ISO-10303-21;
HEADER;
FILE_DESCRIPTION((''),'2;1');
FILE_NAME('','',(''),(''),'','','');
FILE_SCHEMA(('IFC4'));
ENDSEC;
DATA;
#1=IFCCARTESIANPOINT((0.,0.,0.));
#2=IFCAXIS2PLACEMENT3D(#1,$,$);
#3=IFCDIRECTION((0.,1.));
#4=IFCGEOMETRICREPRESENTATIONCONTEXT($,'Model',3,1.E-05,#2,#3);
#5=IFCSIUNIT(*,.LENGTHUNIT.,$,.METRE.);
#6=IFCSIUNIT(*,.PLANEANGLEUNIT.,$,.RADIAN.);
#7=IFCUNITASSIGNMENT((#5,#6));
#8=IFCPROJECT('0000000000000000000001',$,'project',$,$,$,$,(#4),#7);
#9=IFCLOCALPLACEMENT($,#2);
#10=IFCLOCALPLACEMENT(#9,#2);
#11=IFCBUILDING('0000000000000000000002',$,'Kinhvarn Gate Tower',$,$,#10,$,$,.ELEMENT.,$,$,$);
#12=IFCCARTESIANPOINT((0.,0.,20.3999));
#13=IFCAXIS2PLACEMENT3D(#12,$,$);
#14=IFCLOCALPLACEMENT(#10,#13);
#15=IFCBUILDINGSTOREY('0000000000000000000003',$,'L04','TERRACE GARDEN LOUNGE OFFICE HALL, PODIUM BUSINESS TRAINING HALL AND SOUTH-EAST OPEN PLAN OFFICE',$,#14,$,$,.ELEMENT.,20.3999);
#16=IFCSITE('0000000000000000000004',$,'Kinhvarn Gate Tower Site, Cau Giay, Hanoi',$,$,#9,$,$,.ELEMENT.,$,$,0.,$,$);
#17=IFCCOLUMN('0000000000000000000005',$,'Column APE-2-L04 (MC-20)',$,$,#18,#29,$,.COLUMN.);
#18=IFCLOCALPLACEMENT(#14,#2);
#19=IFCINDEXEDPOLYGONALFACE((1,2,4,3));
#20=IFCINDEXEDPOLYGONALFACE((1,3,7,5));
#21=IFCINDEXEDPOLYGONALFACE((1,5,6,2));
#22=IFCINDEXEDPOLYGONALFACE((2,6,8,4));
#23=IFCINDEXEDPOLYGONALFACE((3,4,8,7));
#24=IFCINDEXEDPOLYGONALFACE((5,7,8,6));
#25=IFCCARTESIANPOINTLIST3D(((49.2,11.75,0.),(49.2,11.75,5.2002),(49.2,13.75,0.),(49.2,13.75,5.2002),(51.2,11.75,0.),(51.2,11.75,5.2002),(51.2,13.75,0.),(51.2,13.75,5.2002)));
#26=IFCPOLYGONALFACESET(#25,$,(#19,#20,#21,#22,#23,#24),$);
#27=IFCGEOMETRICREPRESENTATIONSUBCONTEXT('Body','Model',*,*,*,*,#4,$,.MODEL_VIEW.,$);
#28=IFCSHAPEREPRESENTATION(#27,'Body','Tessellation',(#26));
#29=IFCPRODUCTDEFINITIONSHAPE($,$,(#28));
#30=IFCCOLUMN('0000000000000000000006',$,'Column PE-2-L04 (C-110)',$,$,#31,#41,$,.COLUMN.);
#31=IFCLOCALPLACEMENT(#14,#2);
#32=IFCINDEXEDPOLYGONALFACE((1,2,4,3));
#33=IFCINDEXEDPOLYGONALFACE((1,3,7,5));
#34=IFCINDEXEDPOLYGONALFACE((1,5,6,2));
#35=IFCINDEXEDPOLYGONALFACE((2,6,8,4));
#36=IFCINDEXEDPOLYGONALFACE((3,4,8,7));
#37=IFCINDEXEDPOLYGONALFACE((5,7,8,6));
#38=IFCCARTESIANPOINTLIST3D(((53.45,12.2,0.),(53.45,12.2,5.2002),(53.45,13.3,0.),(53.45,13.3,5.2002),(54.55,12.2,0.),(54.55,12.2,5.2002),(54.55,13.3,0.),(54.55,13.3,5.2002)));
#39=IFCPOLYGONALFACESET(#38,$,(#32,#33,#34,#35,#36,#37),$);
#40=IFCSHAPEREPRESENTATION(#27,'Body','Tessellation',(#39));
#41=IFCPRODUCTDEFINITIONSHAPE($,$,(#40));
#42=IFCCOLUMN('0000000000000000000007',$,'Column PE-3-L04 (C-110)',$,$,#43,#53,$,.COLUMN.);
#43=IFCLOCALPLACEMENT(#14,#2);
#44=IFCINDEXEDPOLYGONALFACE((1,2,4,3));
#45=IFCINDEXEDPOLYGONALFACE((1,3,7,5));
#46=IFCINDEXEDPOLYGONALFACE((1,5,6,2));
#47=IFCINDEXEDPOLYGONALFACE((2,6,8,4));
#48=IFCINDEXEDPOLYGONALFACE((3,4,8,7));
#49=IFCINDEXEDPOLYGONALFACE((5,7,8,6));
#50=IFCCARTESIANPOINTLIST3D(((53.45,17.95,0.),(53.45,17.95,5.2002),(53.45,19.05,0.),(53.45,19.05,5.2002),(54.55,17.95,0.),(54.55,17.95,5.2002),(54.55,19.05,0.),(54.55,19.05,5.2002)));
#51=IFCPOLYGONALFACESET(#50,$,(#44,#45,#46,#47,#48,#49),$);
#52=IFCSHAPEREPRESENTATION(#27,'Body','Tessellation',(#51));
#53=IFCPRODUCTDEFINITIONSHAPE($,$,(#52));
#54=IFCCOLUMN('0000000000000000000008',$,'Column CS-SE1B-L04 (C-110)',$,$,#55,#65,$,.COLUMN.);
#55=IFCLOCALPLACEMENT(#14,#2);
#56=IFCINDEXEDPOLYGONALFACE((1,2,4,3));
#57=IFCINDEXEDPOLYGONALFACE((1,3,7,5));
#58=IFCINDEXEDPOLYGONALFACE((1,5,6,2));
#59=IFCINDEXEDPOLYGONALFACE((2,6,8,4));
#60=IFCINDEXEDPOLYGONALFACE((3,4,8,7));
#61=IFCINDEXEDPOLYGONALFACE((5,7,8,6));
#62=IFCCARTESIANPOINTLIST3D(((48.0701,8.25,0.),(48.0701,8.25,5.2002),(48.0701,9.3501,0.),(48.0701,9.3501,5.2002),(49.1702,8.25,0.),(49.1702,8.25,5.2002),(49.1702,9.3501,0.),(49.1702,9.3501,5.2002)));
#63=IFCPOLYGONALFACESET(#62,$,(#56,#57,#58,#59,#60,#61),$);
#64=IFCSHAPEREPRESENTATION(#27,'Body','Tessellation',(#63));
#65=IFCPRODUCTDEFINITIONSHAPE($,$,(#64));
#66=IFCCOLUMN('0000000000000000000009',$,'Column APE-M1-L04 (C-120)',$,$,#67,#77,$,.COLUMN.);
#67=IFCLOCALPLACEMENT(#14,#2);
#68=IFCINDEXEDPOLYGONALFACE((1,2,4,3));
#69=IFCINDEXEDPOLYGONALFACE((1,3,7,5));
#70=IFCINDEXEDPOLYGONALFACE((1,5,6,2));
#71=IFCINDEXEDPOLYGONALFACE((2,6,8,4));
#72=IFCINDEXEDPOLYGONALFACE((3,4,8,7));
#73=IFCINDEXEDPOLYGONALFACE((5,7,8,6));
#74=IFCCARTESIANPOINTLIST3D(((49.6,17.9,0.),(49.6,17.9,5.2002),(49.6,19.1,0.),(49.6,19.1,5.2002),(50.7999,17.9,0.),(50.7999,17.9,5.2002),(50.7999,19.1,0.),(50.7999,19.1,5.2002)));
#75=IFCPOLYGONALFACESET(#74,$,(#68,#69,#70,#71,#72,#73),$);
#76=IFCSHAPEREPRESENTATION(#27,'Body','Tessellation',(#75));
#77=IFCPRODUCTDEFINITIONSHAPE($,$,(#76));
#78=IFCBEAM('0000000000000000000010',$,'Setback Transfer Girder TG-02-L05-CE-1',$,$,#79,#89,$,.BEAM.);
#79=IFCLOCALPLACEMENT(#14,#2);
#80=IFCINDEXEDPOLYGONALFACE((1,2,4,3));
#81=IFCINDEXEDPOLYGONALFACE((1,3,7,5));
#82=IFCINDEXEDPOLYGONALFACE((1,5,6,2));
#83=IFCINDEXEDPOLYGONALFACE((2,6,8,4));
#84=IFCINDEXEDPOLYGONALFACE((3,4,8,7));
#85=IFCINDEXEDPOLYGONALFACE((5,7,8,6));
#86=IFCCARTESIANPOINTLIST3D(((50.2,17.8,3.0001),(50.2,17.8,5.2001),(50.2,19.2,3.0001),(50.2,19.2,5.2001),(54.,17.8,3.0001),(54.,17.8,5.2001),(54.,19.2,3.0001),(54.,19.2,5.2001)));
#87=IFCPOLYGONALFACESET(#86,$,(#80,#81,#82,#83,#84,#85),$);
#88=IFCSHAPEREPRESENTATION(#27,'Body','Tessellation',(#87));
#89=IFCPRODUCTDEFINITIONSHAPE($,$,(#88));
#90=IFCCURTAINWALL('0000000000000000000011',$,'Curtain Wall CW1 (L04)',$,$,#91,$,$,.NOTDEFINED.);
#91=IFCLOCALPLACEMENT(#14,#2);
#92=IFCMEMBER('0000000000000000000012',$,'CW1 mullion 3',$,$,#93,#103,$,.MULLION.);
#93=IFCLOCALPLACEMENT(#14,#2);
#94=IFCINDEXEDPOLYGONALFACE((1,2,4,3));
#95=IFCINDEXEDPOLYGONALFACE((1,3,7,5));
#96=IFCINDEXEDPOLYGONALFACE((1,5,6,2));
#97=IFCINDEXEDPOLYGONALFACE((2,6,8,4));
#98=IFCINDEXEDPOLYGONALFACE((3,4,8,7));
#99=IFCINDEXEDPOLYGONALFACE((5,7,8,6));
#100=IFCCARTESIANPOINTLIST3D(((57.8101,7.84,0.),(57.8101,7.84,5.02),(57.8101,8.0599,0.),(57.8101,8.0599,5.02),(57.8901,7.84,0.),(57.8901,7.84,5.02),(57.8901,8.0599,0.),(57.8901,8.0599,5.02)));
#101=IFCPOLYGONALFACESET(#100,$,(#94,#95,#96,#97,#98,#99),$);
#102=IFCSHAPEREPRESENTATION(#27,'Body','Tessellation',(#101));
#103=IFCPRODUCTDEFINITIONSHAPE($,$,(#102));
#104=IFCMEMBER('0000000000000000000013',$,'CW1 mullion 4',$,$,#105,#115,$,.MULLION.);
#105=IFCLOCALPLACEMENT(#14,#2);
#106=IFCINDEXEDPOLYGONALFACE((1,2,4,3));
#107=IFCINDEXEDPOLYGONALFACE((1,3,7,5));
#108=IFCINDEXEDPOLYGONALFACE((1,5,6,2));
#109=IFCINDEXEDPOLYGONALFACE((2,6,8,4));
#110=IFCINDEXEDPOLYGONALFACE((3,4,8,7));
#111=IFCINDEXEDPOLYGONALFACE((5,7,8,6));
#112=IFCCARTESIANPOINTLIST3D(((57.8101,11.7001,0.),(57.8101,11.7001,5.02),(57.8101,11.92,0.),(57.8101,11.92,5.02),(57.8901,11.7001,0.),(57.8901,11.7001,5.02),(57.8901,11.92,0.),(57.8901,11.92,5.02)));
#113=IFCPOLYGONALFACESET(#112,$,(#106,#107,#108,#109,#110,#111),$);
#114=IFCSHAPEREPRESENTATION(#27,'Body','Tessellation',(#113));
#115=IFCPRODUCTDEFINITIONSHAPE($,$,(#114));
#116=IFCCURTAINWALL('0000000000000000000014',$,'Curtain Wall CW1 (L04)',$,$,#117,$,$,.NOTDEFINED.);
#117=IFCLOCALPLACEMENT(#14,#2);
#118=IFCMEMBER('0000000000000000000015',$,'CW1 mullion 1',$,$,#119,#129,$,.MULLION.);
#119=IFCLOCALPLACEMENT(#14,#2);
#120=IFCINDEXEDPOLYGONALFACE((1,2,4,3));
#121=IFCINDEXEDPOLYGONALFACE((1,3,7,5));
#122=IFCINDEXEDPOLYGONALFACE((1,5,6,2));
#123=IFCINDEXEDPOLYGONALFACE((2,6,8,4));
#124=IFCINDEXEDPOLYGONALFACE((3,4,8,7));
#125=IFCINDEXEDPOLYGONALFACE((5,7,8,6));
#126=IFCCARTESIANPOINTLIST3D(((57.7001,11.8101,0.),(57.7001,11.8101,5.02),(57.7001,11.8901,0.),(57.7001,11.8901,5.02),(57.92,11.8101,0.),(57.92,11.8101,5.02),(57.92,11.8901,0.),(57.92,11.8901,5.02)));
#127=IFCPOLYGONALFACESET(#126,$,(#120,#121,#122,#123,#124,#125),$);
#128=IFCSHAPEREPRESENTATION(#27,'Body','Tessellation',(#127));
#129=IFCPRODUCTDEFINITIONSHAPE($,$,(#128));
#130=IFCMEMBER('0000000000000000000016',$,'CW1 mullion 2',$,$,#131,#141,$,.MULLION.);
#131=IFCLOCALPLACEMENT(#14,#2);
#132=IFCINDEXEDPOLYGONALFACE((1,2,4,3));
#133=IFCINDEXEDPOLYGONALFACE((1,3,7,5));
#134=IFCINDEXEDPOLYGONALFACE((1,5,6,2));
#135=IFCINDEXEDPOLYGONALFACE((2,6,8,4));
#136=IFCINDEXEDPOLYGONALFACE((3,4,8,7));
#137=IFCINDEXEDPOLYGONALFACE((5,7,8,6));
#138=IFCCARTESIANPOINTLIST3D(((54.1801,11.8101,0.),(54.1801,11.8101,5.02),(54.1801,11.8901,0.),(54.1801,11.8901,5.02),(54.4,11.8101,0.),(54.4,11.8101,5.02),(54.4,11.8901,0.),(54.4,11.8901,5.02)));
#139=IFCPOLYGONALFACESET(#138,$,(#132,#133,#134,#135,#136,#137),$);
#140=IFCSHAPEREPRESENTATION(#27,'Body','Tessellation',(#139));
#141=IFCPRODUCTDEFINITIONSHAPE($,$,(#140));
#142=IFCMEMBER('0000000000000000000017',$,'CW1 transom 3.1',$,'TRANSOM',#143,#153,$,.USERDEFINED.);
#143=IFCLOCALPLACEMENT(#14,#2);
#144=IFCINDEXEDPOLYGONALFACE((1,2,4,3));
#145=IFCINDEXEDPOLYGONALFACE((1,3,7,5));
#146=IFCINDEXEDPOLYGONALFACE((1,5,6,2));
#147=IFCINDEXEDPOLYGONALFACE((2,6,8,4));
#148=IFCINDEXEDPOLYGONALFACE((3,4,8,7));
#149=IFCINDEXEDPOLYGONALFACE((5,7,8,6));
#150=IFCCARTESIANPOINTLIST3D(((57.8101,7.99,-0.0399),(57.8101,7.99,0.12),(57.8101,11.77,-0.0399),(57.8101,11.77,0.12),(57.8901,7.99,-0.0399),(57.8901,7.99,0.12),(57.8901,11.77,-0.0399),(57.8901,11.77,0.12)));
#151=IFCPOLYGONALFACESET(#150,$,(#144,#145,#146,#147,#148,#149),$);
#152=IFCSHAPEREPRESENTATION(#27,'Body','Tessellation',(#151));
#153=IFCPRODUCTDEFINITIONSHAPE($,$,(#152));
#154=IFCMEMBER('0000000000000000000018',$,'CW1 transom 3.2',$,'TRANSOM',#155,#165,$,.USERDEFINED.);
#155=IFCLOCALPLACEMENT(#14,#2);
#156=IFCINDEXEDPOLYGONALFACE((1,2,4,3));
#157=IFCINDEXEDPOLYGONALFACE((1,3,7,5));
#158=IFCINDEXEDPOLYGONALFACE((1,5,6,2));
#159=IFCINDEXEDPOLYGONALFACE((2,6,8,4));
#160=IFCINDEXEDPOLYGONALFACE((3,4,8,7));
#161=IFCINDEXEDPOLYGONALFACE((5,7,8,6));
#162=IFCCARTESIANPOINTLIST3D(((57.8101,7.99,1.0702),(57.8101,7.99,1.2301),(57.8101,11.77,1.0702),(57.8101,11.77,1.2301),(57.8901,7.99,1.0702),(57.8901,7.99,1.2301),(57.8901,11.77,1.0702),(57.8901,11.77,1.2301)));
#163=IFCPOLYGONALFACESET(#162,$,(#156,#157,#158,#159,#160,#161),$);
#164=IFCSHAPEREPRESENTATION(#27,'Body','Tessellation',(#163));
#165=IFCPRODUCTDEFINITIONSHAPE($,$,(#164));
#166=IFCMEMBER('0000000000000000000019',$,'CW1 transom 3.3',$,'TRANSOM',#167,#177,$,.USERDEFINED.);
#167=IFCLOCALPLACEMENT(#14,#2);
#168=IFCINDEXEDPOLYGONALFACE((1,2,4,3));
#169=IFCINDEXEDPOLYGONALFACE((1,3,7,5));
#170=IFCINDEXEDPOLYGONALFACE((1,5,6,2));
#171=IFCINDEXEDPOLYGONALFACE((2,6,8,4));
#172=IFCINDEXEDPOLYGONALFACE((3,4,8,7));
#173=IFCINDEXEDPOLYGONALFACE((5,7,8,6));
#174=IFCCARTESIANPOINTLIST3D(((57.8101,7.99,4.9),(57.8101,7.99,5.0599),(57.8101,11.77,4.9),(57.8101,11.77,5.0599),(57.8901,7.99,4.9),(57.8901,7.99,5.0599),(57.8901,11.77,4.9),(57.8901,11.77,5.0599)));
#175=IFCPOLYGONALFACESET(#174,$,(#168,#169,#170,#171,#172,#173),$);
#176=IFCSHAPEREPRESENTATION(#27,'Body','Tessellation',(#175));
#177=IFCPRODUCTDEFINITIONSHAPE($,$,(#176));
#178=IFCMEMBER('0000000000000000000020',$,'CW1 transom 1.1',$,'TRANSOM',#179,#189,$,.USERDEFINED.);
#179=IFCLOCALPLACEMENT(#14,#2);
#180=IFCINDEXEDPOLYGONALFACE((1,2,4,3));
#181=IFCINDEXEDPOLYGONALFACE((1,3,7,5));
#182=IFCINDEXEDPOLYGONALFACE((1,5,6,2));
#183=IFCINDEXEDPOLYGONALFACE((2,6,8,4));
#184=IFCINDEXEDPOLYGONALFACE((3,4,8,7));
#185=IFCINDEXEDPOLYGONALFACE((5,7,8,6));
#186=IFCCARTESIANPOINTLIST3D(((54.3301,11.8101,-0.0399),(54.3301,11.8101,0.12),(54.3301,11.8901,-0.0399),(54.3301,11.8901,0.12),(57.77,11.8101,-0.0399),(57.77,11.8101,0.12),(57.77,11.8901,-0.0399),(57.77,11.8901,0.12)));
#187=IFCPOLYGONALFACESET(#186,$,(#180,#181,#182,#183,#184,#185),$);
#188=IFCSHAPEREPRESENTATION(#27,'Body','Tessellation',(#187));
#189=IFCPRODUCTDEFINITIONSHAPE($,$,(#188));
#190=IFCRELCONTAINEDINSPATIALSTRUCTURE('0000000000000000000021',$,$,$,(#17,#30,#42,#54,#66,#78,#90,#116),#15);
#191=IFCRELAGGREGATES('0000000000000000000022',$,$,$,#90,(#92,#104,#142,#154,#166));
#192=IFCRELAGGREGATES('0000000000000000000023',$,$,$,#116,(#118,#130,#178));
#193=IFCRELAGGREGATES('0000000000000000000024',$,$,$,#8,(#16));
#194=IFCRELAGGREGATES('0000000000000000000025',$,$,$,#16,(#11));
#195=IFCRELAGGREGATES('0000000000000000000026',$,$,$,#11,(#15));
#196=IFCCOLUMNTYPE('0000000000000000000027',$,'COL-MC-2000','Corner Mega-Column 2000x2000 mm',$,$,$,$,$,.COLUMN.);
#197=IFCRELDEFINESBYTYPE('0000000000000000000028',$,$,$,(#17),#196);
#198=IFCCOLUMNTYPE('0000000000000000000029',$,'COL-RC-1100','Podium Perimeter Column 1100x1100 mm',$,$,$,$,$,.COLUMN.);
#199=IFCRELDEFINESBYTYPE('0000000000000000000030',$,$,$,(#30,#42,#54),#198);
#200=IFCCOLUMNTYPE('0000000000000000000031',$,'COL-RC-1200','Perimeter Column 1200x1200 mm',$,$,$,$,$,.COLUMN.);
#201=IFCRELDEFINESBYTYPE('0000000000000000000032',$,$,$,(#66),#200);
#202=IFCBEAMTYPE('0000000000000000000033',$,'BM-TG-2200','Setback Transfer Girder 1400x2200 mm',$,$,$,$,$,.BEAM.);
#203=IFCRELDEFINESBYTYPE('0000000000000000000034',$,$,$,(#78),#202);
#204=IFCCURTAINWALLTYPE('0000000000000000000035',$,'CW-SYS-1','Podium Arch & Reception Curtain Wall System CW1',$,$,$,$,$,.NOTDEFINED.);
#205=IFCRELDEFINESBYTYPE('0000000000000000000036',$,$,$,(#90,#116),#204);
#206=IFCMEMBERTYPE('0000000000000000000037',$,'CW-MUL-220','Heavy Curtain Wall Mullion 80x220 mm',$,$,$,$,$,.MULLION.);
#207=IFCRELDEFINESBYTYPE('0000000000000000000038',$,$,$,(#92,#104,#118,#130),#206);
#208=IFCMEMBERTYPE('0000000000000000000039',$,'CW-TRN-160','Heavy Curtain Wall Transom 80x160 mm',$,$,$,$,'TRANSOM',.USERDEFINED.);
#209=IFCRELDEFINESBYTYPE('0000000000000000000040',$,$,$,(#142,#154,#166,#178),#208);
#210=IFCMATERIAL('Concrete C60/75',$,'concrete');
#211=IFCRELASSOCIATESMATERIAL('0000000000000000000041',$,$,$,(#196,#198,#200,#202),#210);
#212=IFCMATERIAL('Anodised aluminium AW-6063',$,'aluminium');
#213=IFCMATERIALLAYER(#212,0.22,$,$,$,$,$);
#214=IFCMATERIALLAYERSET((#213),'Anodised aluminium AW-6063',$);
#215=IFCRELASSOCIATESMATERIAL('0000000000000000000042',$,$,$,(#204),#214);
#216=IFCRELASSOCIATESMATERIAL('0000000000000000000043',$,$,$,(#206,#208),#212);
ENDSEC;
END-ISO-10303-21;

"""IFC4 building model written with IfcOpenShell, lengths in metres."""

from ifc_helpers import new_model, si_unit, direction, frame, origin, origin_2d, place, context, subcontext, project, spatial, rectangle, extrude, material, layer, layer_set, material_profile, profile_set, type_object, element, aggregate, save


model = new_model("IFC4")

# Units and contexts
model_context = context("Model", 3, precision=1e-05, world=origin(), true_north=direction((0.0, 1.0)))
body_context = subcontext(model_context, "Body", "Model", "MODEL_VIEW")
ifc_project = project(units=[si_unit("LENGTHUNIT", "METRE"), si_unit("PLANEANGLEUNIT", "RADIAN")], contexts=[model_context])

# Site, building, storey
site_placement = place(None, origin())
site = spatial("IfcSite", under=ifc_project, at=site_placement, Name="Kinhvarn Gate Tower Site, Cau Giay, Hanoi", CompositionType="ELEMENT", RefElevation=0.0)
building_placement = place(site_placement, origin())
building = spatial("IfcBuilding", under=site, at=building_placement, Name="Kinhvarn Gate Tower", CompositionType="ELEMENT")
storey_placement = place(building_placement, frame((0.0, 0.0, 20.3999)))
storey = spatial("IfcBuildingStorey", under=building, at=storey_placement, Name="L04", Description="TERRACE GARDEN LOUNGE OFFICE HALL, PODIUM BUSINESS TRAINING HALL AND SOUTH-EAST OPEN PLAN OFFICE", CompositionType="ELEMENT", Elevation=20.3999)

# Columns
ifc_material_1 = material(Name="Concrete C60/75", Category="concrete")
ifc_material_profile_1 = material_profile(ifc_material_1, rectangle(XDim=2.0, YDim=2.0, at=origin_2d()), Name="RC 2000x2000")
ifc_profile_set_1 = profile_set([ifc_material_profile_1], Name="Concrete C60/75")
column_type_1 = type_object("IfcColumnType", Name="COL-MC-2000", Description="Corner Mega-Column 2000x2000 mm", PredefinedType="COLUMN", material=ifc_profile_set_1)
column_1_placement = place(storey_placement, frame((50.2, 12.75, 0.0), z_axis=(0.0, 0.0, 1.0), x_axis=(1.0, 0.0, 0.0)))
element("IfcColumn", 1, at=column_1_placement, inside=storey, type_object=column_type_1, Name="Column APE-2-L04 (MC-20)", PredefinedType="COLUMN", context=body_context, shape_type="SweptSolid", body=[
    extrude(rectangle(XDim=2.0, YDim=2.0, at=origin_2d()), origin(), (0.0, 0.0, 1.0), 5.2002),
])
ifc_material_profile_2 = material_profile(ifc_material_1, rectangle(XDim=1.1001, YDim=1.1001, at=origin_2d()), Name="RC 1100x1100")
ifc_profile_set_2 = profile_set([ifc_material_profile_2], Name="Concrete C60/75")
column_type_2 = type_object("IfcColumnType", Name="COL-RC-1100", Description="Podium Perimeter Column 1100x1100 mm", PredefinedType="COLUMN", material=ifc_profile_set_2)
for number, where, z_axis, x_axis, name in (
    (2, (54.0, 12.75, 0.0), (0.0, 0.0, 1.0), (1.0, 0.0, 0.0), "Column PE-2-L04 (C-110)"),
    (3, (54.0, 18.5, 0.0), (0.0, 0.0, 1.0), (1.0, 0.0, 0.0), "Column PE-3-L04 (C-110)"),
    (4, (48.6201, 8.8, 0.0), (0.0, 0.0, 1.0), (1.0, 0.0, 0.0), "Column CS-SE1B-L04 (C-110)"),
):
    element("IfcColumn", number, at=place(storey_placement, frame(where, z_axis=z_axis, x_axis=x_axis)), inside=storey, type_object=column_type_2, Name=name, PredefinedType="COLUMN", context=body_context, shape_type="SweptSolid", body=[
        extrude(rectangle(XDim=1.1001, YDim=1.1001, at=origin_2d()), origin(), (0.0, 0.0, 1.0), 5.2002),
    ])
ifc_material_profile_3 = material_profile(ifc_material_1, rectangle(XDim=1.2, YDim=1.2, at=origin_2d()), Name="RC 1200x1200")
ifc_profile_set_3 = profile_set([ifc_material_profile_3], Name="Concrete C60/75")
column_type_3 = type_object("IfcColumnType", Name="COL-RC-1200", Description="Perimeter Column 1200x1200 mm", PredefinedType="COLUMN", material=ifc_profile_set_3)
column_2_placement = place(storey_placement, frame((50.2, 18.5, 0.0), z_axis=(0.0, 0.0, 1.0), x_axis=(1.0, 0.0, 0.0)))
element("IfcColumn", 5, at=column_2_placement, inside=storey, type_object=column_type_3, Name="Column APE-M1-L04 (C-120)", PredefinedType="COLUMN", context=body_context, shape_type="SweptSolid", body=[
    extrude(rectangle(XDim=1.2, YDim=1.2, at=origin_2d()), origin(), (0.0, 0.0, 1.0), 5.2002),
])

# Beam
ifc_material_profile_4 = material_profile(ifc_material_1, rectangle(XDim=1.3999, YDim=2.2, at=origin_2d()), Name="RC 1400x2200")
ifc_profile_set_4 = profile_set([ifc_material_profile_4], Name="Concrete C60/75")
beam_type_1 = type_object("IfcBeamType", Name="BM-TG-2200", Description="Setback Transfer Girder 1400x2200 mm", PredefinedType="BEAM", material=ifc_profile_set_4)
beam_1_placement = place(storey_placement, frame((50.2, 18.5, 4.1001), z_axis=(1.0, 0.0, 0.0), x_axis=(0.0, 1.0, 0.0)))
element("IfcBeam", 6, at=beam_1_placement, inside=storey, type_object=beam_type_1, Name="Setback Transfer Girder TG-02-L05-CE-1", PredefinedType="BEAM", context=body_context, shape_type="SweptSolid", body=[
    extrude(rectangle(XDim=1.3999, YDim=2.2, at=origin_2d()), origin(), (0.0, 0.0, 1.0), 3.8),
])

# Curtain walls, members
ifc_material_2 = material(Name="Anodised aluminium AW-6063", Category="aluminium")
ifc_layer_1 = layer(ifc_material_2, 0.22)
ifc_layer_set_1 = layer_set([ifc_layer_1], Name="Anodised aluminium AW-6063")
curtain_wall_type = type_object("IfcCurtainWallType", Name="CW-SYS-1", Description="Podium Arch & Reception Curtain Wall System CW1", PredefinedType="NOTDEFINED", material=ifc_layer_set_1)
curtain_wall_1_placement = place(storey_placement, origin())
curtain_wall_1 = element("IfcCurtainWall", 7, at=curtain_wall_1_placement, inside=storey, type_object=curtain_wall_type, Name="Curtain Wall CW1 (L04)", PredefinedType="NOTDEFINED")
ifc_material_profile_5 = material_profile(ifc_material_2, rectangle(XDim=0.0801, YDim=0.22, at=origin_2d()), Name="ALU 80x220")
ifc_profile_set_5 = profile_set([ifc_material_profile_5], Name="Anodised aluminium AW-6063")
member_type_1 = type_object("IfcMemberType", Name="CW-MUL-220", Description="Heavy Curtain Wall Mullion 80x220 mm", PredefinedType="MULLION", material=ifc_profile_set_5)
member_1_placement = place(storey_placement, frame((57.8501, 7.95, 0.0), z_axis=(0.0, 0.0, 1.0), x_axis=(-1.0, 0.0, 0.0)))
member_1 = element("IfcMember", 8, at=member_1_placement, type_object=member_type_1, Name="CW1 mullion 3", PredefinedType="MULLION", context=body_context, shape_type="SweptSolid", body=[
    extrude(rectangle(XDim=0.0801, YDim=0.22, at=origin_2d()), origin(), (0.0, 0.0, 1.0), 5.02),
])
member_2_placement = place(storey_placement, frame((57.8501, 11.8101, 0.0), z_axis=(0.0, 0.0, 1.0), x_axis=(-1.0, 0.0, 0.0)))
member_2 = element("IfcMember", 9, at=member_2_placement, type_object=member_type_1, Name="CW1 mullion 4", PredefinedType="MULLION", context=body_context, shape_type="SweptSolid", body=[
    extrude(rectangle(XDim=0.0801, YDim=0.22, at=origin_2d()), origin(), (0.0, 0.0, 1.0), 5.02),
])
curtain_wall_2_placement = place(storey_placement, origin())
curtain_wall_2 = element("IfcCurtainWall", 10, at=curtain_wall_2_placement, inside=storey, type_object=curtain_wall_type, Name="Curtain Wall CW1 (L04)", PredefinedType="NOTDEFINED")
member_3_placement = place(storey_placement, frame((57.8101, 11.8501, 0.0), z_axis=(0.0, 0.0, 1.0), x_axis=(0.0, -1.0, 0.0)))
member_3 = element("IfcMember", 11, at=member_3_placement, type_object=member_type_1, Name="CW1 mullion 1", PredefinedType="MULLION", context=body_context, shape_type="SweptSolid", body=[
    extrude(rectangle(XDim=0.0801, YDim=0.22, at=origin_2d()), origin(), (0.0, 0.0, 1.0), 5.02),
])
member_4_placement = place(storey_placement, frame((54.29, 11.8501, 0.0), z_axis=(0.0, 0.0, 1.0), x_axis=(0.0, -1.0, 0.0)))
member_4 = element("IfcMember", 12, at=member_4_placement, type_object=member_type_1, Name="CW1 mullion 2", PredefinedType="MULLION", context=body_context, shape_type="SweptSolid", body=[
    extrude(rectangle(XDim=0.0801, YDim=0.22, at=origin_2d()), origin(), (0.0, 0.0, 1.0), 5.02),
])

# Members
ifc_material_profile_6 = material_profile(ifc_material_2, rectangle(XDim=0.0801, YDim=0.1599, at=origin_2d()), Name="ALU 80x160")
ifc_profile_set_6 = profile_set([ifc_material_profile_6], Name="Anodised aluminium AW-6063")
member_type_2 = type_object("IfcMemberType", Name="CW-TRN-160", Description="Heavy Curtain Wall Transom 80x160 mm", ElementType="TRANSOM", PredefinedType="USERDEFINED", material=ifc_profile_set_6)
member_5_placement = place(storey_placement, frame((57.8501, 7.99, 0.04), z_axis=(0.0, 1.0, 0.0), x_axis=(-1.0, 0.0, 0.0)))
member_5 = element("IfcMember", 13, at=member_5_placement, type_object=member_type_2, Name="CW1 transom 3.1", ObjectType="TRANSOM", PredefinedType="USERDEFINED", context=body_context, shape_type="SweptSolid", body=[
    extrude(rectangle(XDim=0.0801, YDim=0.1599, at=origin_2d()), origin(), (0.0, 0.0, 1.0), 3.78),
])
member_6_placement = place(storey_placement, frame((57.8501, 7.99, 1.1501), z_axis=(0.0, 1.0, 0.0), x_axis=(-1.0, 0.0, 0.0)))
member_6 = element("IfcMember", 14, at=member_6_placement, type_object=member_type_2, Name="CW1 transom 3.2", ObjectType="TRANSOM", PredefinedType="USERDEFINED", context=body_context, shape_type="SweptSolid", body=[
    extrude(rectangle(XDim=0.0801, YDim=0.1599, at=origin_2d()), origin(), (0.0, 0.0, 1.0), 3.78),
])
member_7_placement = place(storey_placement, frame((57.8501, 7.99, 4.98), z_axis=(0.0, 1.0, 0.0), x_axis=(-1.0, 0.0, 0.0)))
member_7 = element("IfcMember", 15, at=member_7_placement, type_object=member_type_2, Name="CW1 transom 3.3", ObjectType="TRANSOM", PredefinedType="USERDEFINED", context=body_context, shape_type="SweptSolid", body=[
    extrude(rectangle(XDim=0.0801, YDim=0.1599, at=origin_2d()), origin(), (0.0, 0.0, 1.0), 3.78),
])
member_8_placement = place(storey_placement, frame((57.77, 11.8501, 0.04), z_axis=(-1.0, 0.0, 0.0), x_axis=(0.0, -1.0, 0.0)))
member_8 = element("IfcMember", 16, at=member_8_placement, type_object=member_type_2, Name="CW1 transom 1.1", ObjectType="TRANSOM", PredefinedType="USERDEFINED", context=body_context, shape_type="SweptSolid", body=[
    extrude(rectangle(XDim=0.0801, YDim=0.1599, at=origin_2d()), origin(), (0.0, 0.0, 1.0), 3.4399),
])

aggregate(curtain_wall_1, [member_1, member_2, member_5, member_6, member_7])
aggregate(curtain_wall_2, [member_3, member_4, member_8])

save(model, "model.ifc")
